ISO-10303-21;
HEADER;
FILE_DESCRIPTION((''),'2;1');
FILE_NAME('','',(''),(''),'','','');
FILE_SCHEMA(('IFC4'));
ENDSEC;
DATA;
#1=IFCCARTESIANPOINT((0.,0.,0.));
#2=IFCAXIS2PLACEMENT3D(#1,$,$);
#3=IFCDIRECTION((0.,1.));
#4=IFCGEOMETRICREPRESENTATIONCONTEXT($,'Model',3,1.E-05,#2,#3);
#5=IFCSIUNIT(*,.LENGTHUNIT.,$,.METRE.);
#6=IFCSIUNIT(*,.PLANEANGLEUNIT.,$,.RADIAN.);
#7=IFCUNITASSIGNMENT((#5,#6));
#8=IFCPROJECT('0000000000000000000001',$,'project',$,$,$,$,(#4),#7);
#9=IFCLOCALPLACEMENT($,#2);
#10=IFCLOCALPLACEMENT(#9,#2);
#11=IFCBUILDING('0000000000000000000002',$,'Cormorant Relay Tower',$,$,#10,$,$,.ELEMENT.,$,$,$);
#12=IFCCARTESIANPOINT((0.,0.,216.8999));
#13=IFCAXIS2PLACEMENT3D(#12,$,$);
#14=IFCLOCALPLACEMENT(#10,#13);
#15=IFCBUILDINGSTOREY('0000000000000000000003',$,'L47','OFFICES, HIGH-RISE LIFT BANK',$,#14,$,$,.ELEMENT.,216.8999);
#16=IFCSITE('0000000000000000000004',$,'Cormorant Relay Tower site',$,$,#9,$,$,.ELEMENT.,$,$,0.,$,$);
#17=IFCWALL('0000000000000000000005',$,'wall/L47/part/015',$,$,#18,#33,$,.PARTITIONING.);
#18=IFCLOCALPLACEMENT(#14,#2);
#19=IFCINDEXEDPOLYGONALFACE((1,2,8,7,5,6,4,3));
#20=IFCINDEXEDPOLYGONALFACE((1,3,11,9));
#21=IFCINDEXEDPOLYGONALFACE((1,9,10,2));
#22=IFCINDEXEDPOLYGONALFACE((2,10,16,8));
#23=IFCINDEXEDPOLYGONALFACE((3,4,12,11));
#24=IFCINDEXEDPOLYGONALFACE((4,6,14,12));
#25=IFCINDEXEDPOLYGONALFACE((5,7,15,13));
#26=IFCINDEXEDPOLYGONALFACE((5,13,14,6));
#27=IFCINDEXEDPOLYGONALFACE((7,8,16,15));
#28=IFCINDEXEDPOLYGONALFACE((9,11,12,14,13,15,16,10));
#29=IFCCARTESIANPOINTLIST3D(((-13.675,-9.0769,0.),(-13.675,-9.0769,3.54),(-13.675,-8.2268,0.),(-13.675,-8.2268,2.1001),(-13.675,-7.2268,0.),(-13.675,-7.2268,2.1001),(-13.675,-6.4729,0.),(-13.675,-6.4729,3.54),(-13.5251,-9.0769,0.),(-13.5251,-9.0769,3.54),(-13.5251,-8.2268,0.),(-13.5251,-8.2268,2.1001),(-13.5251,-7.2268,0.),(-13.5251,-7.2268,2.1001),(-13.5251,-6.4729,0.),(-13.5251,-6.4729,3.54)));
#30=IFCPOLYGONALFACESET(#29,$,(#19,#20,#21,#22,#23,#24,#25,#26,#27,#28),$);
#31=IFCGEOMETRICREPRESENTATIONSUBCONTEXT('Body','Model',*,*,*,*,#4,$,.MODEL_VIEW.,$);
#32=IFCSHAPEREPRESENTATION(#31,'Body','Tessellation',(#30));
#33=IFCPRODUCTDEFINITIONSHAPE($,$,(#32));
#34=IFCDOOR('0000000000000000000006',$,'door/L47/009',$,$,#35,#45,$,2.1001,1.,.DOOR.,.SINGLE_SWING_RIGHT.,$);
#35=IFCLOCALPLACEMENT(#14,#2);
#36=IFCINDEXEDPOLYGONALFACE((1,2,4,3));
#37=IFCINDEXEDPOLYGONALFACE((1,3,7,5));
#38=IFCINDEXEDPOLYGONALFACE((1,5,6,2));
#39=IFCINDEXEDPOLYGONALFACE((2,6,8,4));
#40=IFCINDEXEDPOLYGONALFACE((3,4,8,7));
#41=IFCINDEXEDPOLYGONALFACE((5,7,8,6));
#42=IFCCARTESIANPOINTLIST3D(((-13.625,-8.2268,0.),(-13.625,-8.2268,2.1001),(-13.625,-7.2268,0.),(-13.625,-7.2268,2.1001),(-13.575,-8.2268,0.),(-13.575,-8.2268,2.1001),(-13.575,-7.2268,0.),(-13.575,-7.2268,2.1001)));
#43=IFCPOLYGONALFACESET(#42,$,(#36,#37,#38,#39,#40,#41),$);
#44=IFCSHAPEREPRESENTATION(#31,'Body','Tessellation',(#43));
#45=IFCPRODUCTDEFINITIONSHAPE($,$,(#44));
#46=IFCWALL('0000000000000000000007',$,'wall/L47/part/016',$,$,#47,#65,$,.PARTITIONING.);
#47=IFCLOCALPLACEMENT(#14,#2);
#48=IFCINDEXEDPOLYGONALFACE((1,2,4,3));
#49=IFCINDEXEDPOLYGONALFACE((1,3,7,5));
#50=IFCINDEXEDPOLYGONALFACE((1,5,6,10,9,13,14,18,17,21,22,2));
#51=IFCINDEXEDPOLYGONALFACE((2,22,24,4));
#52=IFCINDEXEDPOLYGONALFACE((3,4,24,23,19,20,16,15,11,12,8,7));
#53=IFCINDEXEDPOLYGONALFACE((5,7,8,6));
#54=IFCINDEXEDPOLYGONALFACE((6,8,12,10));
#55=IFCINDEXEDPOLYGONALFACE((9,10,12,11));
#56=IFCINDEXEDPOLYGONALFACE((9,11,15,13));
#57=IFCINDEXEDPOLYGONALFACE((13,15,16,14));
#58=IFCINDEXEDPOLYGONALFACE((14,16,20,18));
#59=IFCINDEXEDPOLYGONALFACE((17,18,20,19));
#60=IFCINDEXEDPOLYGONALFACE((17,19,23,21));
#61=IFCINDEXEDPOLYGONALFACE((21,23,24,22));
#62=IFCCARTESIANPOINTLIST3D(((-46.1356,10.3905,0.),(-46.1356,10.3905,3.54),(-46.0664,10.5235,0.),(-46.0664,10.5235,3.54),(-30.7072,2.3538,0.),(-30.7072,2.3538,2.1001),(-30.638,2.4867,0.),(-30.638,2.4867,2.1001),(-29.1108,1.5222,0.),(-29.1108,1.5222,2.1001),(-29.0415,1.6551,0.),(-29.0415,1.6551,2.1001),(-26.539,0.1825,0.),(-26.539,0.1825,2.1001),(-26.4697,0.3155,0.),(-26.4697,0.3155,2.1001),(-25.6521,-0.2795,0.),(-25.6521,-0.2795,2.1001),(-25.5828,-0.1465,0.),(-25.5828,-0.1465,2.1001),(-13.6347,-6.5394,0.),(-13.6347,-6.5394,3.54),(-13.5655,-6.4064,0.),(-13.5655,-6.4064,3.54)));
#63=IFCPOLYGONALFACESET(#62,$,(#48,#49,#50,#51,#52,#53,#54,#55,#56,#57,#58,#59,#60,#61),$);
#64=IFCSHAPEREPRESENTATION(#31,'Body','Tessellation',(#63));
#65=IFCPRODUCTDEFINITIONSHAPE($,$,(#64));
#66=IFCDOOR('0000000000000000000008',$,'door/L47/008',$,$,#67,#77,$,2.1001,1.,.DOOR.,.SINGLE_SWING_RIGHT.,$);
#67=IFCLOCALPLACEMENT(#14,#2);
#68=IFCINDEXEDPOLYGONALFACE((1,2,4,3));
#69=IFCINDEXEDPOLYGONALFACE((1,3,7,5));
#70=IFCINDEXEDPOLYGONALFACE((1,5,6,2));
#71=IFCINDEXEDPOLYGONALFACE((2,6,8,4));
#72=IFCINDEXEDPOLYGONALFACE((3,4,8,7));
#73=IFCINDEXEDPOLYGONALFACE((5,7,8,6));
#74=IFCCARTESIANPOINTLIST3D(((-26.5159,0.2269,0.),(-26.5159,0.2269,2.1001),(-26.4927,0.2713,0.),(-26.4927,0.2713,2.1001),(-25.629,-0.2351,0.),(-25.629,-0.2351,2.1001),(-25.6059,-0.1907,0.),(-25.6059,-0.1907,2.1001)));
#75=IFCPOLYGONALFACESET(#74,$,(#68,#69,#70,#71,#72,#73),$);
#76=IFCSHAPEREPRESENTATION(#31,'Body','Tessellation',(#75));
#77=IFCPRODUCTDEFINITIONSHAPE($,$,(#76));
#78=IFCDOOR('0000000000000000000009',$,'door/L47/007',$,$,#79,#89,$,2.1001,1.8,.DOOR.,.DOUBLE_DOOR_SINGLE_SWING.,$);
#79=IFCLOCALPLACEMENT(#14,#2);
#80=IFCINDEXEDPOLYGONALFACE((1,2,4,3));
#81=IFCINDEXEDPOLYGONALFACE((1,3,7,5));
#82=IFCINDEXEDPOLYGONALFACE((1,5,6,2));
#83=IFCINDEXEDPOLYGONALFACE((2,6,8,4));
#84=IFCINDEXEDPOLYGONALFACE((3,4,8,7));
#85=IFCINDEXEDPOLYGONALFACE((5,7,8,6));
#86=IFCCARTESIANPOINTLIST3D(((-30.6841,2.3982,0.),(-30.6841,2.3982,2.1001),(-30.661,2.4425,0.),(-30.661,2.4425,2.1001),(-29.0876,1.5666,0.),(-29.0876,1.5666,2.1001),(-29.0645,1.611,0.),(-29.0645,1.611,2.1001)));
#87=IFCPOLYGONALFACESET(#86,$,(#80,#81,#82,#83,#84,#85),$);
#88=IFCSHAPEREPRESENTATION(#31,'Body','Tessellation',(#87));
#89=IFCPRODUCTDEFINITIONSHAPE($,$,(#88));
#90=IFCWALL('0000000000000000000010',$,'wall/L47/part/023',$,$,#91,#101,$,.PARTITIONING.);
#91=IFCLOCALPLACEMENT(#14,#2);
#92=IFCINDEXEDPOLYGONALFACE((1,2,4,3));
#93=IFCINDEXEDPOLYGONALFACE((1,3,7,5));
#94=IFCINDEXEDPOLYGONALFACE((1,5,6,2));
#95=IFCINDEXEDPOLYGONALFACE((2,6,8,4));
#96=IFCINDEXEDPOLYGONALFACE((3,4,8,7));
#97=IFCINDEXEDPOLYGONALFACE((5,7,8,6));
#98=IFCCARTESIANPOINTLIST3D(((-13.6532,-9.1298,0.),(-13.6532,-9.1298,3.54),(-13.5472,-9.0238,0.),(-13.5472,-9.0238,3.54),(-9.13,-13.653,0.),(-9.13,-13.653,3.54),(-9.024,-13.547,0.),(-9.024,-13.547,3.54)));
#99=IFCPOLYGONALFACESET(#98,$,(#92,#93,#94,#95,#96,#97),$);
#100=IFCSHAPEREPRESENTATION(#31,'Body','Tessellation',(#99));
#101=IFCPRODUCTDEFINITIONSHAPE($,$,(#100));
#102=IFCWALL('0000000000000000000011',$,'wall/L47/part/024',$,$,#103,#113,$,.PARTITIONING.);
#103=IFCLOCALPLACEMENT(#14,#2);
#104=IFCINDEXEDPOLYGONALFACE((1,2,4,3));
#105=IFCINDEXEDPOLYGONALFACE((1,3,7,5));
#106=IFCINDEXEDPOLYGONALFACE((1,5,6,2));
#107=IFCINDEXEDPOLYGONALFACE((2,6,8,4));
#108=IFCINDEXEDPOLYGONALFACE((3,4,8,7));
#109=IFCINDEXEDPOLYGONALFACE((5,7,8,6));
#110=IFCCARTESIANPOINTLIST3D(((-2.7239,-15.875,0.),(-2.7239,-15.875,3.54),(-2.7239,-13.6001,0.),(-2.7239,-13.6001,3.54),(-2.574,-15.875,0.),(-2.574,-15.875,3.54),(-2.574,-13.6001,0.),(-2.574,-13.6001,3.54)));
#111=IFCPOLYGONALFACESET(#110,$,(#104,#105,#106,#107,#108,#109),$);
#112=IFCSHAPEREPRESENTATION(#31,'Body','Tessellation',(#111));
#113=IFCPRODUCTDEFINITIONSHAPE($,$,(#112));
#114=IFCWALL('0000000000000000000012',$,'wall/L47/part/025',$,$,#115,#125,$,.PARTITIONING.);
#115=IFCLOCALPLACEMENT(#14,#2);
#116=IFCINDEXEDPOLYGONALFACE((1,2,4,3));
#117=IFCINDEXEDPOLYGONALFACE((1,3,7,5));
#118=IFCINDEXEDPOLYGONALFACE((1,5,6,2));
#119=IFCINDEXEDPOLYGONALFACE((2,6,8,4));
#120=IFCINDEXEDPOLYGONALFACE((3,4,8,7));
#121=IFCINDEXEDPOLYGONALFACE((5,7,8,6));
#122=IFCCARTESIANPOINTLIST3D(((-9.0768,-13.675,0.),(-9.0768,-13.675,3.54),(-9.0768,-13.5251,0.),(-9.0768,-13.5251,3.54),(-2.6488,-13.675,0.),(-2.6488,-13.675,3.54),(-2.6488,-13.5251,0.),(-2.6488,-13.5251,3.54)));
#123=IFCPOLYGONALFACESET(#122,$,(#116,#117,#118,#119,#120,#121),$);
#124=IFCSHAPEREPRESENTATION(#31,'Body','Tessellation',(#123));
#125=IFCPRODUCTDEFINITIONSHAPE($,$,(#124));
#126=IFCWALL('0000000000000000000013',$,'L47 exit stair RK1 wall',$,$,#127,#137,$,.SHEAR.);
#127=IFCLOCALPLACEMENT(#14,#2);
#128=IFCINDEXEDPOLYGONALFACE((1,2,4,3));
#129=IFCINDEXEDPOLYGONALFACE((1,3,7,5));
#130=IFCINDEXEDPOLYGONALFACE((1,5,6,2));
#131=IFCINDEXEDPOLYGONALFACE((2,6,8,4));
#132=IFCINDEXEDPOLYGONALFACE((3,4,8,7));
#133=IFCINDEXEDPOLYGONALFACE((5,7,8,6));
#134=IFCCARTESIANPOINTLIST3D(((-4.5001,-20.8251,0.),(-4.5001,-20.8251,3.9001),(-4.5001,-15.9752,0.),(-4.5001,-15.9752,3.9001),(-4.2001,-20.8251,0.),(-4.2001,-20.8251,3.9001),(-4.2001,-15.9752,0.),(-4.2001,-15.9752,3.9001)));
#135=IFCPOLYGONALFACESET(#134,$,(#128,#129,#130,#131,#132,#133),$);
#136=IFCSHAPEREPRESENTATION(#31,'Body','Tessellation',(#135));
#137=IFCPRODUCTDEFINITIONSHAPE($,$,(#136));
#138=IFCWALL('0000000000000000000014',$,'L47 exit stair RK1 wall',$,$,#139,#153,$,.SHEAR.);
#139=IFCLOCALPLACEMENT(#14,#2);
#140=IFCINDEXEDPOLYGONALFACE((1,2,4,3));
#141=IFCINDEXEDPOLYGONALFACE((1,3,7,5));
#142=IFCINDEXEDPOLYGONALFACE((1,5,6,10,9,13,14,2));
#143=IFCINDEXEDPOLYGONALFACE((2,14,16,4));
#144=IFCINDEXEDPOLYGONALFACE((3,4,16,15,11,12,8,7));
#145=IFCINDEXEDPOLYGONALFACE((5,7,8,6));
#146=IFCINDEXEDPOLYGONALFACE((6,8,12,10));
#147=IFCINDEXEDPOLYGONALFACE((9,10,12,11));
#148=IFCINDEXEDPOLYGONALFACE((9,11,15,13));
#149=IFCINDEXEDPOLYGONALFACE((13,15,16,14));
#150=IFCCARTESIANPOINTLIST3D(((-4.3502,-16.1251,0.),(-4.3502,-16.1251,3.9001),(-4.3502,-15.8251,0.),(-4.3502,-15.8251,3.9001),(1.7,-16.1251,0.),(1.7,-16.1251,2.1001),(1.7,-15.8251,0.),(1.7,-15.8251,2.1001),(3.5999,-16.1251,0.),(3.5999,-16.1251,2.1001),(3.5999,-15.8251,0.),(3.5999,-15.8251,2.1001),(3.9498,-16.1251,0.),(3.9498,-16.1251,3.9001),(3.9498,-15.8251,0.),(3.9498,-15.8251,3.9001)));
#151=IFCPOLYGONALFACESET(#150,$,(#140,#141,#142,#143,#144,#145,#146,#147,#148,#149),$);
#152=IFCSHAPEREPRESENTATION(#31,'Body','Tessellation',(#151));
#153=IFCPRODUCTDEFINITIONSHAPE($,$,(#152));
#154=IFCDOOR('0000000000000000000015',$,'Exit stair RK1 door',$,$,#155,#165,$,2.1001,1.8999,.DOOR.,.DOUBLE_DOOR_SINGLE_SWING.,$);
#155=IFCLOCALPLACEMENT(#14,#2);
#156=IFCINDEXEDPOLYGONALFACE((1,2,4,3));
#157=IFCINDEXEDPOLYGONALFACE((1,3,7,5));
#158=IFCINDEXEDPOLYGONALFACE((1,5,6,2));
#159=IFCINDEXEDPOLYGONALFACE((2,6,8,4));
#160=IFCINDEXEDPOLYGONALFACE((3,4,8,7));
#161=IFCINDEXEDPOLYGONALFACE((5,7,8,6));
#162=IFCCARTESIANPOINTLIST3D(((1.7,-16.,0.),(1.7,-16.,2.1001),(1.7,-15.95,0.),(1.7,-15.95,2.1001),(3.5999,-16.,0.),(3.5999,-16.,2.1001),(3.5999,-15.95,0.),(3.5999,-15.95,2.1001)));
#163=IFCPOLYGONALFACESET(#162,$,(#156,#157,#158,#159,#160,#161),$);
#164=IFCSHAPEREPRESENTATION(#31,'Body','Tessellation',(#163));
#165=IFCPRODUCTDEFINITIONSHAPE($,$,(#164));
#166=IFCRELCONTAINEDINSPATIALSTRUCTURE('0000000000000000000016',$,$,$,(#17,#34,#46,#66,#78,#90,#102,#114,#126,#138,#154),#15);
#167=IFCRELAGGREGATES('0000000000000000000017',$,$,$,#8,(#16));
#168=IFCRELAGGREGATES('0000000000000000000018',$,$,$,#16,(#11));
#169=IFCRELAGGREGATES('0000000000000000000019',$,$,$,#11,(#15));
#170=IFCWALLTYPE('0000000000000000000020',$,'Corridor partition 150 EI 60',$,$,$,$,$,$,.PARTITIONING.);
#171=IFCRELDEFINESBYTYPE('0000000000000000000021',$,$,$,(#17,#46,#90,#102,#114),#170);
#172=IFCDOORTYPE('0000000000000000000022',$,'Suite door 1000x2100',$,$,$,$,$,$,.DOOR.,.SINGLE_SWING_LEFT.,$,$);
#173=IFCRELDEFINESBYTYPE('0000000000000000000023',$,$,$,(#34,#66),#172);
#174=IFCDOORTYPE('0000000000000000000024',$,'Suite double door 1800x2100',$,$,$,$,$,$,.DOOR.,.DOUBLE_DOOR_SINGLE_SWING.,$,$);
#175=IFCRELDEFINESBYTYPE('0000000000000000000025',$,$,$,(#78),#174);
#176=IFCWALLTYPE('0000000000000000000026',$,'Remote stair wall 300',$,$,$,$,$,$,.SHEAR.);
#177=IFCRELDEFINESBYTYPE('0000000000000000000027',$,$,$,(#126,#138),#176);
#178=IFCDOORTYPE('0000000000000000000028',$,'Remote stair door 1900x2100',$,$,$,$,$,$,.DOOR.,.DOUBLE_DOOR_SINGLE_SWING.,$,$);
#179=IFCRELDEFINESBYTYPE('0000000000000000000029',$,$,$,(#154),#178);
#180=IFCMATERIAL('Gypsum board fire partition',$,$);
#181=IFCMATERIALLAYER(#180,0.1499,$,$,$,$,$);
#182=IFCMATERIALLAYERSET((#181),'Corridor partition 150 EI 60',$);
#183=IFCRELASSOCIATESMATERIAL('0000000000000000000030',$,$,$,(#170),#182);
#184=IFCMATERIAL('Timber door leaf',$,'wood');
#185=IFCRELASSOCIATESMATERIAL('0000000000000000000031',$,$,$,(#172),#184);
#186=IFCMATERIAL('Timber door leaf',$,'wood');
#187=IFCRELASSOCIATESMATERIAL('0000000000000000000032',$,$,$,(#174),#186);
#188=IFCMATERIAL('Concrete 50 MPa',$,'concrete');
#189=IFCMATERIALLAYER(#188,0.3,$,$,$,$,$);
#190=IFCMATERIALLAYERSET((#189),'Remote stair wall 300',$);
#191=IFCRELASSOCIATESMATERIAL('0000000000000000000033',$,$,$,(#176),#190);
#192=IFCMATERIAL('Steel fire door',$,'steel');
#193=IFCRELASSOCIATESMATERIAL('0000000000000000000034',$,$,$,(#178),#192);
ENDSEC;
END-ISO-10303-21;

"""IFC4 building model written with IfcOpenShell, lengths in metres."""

from ifc_helpers import new_model, si_unit, direction, frame, frame_2d, origin, place, context, subcontext, project, spatial, rectangle, extrude, material, layer, layer_set, type_object, element, fill, save


model = new_model("IFC4")

# Units and contexts
model_context = context("Model", 3, precision=1e-05, world=origin(), true_north=direction((0.0, 1.0)))
body_context = subcontext(model_context, "Body", "Model", "MODEL_VIEW")
ifc_project = project(units=[si_unit("LENGTHUNIT", "METRE"), si_unit("PLANEANGLEUNIT", "RADIAN")], contexts=[model_context])

# Site, building, storey
site_placement = place(None, origin())
site = spatial("IfcSite", under=ifc_project, at=site_placement, Name="Cormorant Relay Tower site", CompositionType="ELEMENT", RefElevation=0.0)
building_placement = place(site_placement, origin())
building = spatial("IfcBuilding", under=site, at=building_placement, Name="Cormorant Relay Tower", CompositionType="ELEMENT")
storey_placement = place(building_placement, frame((0.0, 0.0, 216.8999)))
storey = spatial("IfcBuildingStorey", under=building, at=storey_placement, Name="L47", Description="OFFICES, HIGH-RISE LIFT BANK", CompositionType="ELEMENT", Elevation=216.8999)

# Wall, opening, door
ifc_material_1 = material(Name="Gypsum board fire partition")
ifc_layer_1 = layer(ifc_material_1, 0.1499)
ifc_layer_set_1 = layer_set([ifc_layer_1], Name="Corridor partition 150 EI 60")
wall_type_1 = type_object("IfcWallType", Name="Corridor partition 150 EI 60", PredefinedType="PARTITIONING", material=ifc_layer_set_1)
wall_1_placement = place(storey_placement, frame((-13.6001, -9.0769, 0.0), z_axis=(0.0, 0.0, 1.0), x_axis=(0.0, 1.0, 0.0)))
wall_1 = element("IfcWall", 1, at=wall_1_placement, inside=storey, type_object=wall_type_1, Name="wall/L47/part/015", PredefinedType="PARTITIONING", context=body_context, shape_type="SweptSolid", body=[
    extrude(rectangle(XDim=2.604, YDim=0.1499, at=frame_2d((1.302, 0.0))), origin(), (0.0, 0.0, 1.0), 3.54),
])
opening_1_placement = place(wall_1_placement, frame((0.8501, 0.0, 0.0)))
opening_1 = element("IfcOpeningElement", 2, at=opening_1_placement, cuts=wall_1, PredefinedType="OPENING", context=body_context, shape_type="SweptSolid", body=[
    extrude(rectangle(XDim=1.0, YDim=2.1001, at=frame_2d((0.5, 1.05))), frame((0.0, 0.085, 0.0), z_axis=(0.0, -1.0, 0.0), x_axis=(1.0, 0.0, 0.0)), (0.0, 0.0, 1.0), 0.1699),
])
ifc_material_2 = material(Name="Timber door leaf", Category="wood")
door_type_1 = type_object("IfcDoorType", Name="Suite door 1000x2100", OperationType="SINGLE_SWING_LEFT", PredefinedType="DOOR", material=ifc_material_2)
door_1_placement = place(opening_1_placement, origin())
door_1 = element("IfcDoor", 3, at=door_1_placement, inside=storey, type_object=door_type_1, Name="door/L47/009", OperationType="SINGLE_SWING_RIGHT", OverallHeight=2.1001, OverallWidth=1.0, PredefinedType="DOOR", context=body_context, shape_type="SweptSolid", body=[
    extrude(rectangle(XDim=1.0, YDim=2.1001, at=frame_2d((0.5, 1.05))), frame((0.0, 0.0249, 0.0), z_axis=(0.0, -1.0, 0.0), x_axis=(1.0, 0.0, 0.0)), (0.0, 0.0, 1.0), 0.05),
])
fill(opening_1, door_1)

# Wall, openings, doors
wall_2_placement = place(storey_placement, frame((-13.6001, -6.4729, 0.0), z_axis=(0.0, 0.0, 1.0), x_axis=(-0.886888, 0.461985, 0.0)))
wall_2 = element("IfcWall", 4, at=wall_2_placement, inside=storey, type_object=wall_type_1, Name="wall/L47/part/016", PredefinedType="PARTITIONING", context=body_context, shape_type="SweptSolid", body=[
    extrude(rectangle(XDim=36.646, YDim=0.1499, at=frame_2d((18.323, 0.0))), origin(), (0.0, 0.0, 1.0), 3.54),
])
opening_2_placement = place(wall_2_placement, frame((17.45, 0.0, 0.0)))
opening_2 = element("IfcOpeningElement", 5, at=opening_2_placement, cuts=wall_2, PredefinedType="OPENING", context=body_context, shape_type="SweptSolid", body=[
    extrude(rectangle(XDim=1.8, YDim=2.1001, at=frame_2d((0.8999, 1.05))), frame((0.0, 0.085, 0.0), z_axis=(0.0, -1.0, 0.0), x_axis=(1.0, 0.0, 0.0)), (0.0, 0.0, 1.0), 0.1699),
])
opening_3_placement = place(wall_2_placement, frame((13.55, 0.0, 0.0)))
opening_3 = element("IfcOpeningElement", 6, at=opening_3_placement, cuts=wall_2, PredefinedType="OPENING", context=body_context, shape_type="SweptSolid", body=[
    extrude(rectangle(XDim=1.0, YDim=2.1001, at=frame_2d((0.5, 1.05))), frame((0.0, 0.085, 0.0), z_axis=(0.0, -1.0, 0.0), x_axis=(1.0, 0.0, 0.0)), (0.0, 0.0, 1.0), 0.1699),
])
door_2_placement = place(opening_3_placement, origin())
door_2 = element("IfcDoor", 7, at=door_2_placement, inside=storey, type_object=door_type_1, Name="door/L47/008", OperationType="SINGLE_SWING_RIGHT", OverallHeight=2.1001, OverallWidth=1.0, PredefinedType="DOOR", context=body_context, shape_type="SweptSolid", body=[
    extrude(rectangle(XDim=1.0, YDim=2.1001, at=frame_2d((0.5, 1.05))), frame((0.0, 0.0249, 0.0), z_axis=(0.0, -1.0, 0.0), x_axis=(1.0, 0.0, 0.0)), (0.0, 0.0, 1.0), 0.05),
])
fill(opening_3, door_2)
ifc_material_3 = material(Name="Timber door leaf", Category="wood")
door_type_2 = type_object("IfcDoorType", Name="Suite double door 1800x2100", OperationType="DOUBLE_DOOR_SINGLE_SWING", PredefinedType="DOOR", material=ifc_material_3)
door_3_placement = place(opening_2_placement, origin())
door_3 = element("IfcDoor", 8, at=door_3_placement, inside=storey, type_object=door_type_2, Name="door/L47/007", OperationType="DOUBLE_DOOR_SINGLE_SWING", OverallHeight=2.1001, OverallWidth=1.8, PredefinedType="DOOR", context=body_context, shape_type="SweptSolid", body=[
    extrude(rectangle(XDim=1.8, YDim=2.1001, at=frame_2d((0.8999, 1.05))), frame((0.0, 0.0249, 0.0), z_axis=(0.0, -1.0, 0.0), x_axis=(1.0, 0.0, 0.0)), (0.0, 0.0, 1.0), 0.05),
])
fill(opening_2, door_3)

# Walls
wall_3_placement = place(storey_placement, frame((-13.6001, -9.0769, 0.0), z_axis=(0.0, 0.0, 1.0), x_axis=(0.707107, -0.707107, 0.0)))
element("IfcWall", 9, at=wall_3_placement, inside=storey, type_object=wall_type_1, Name="wall/L47/part/023", PredefinedType="PARTITIONING", context=body_context, shape_type="SweptSolid", body=[
    extrude(rectangle(XDim=6.3967, YDim=0.1499, at=frame_2d((3.1982, 0.0))), origin(), (0.0, 0.0, 1.0), 3.54),
])
wall_4_placement = place(storey_placement, frame((-2.6489, -15.875, 0.0), z_axis=(0.0, 0.0, 1.0), x_axis=(0.0, 1.0, 0.0)))
element("IfcWall", 10, at=wall_4_placement, inside=storey, type_object=wall_type_1, Name="wall/L47/part/024", PredefinedType="PARTITIONING", context=body_context, shape_type="SweptSolid", body=[
    extrude(rectangle(XDim=2.2749, YDim=0.1499, at=frame_2d((1.1375, 0.0))), origin(), (0.0, 0.0, 1.0), 3.54),
])
wall_5_placement = place(storey_placement, frame((-2.6489, -13.6001, 0.0), z_axis=(0.0, 0.0, 1.0), x_axis=(-1.0, 0.0, 0.0)))
element("IfcWall", 11, at=wall_5_placement, inside=storey, type_object=wall_type_1, Name="wall/L47/part/025", PredefinedType="PARTITIONING", context=body_context, shape_type="SweptSolid", body=[
    extrude(rectangle(XDim=6.428, YDim=0.1499, at=frame_2d((3.2139, 0.0))), origin(), (0.0, 0.0, 1.0), 3.54),
])
ifc_material_4 = material(Name="Concrete 50 MPa", Category="concrete")
ifc_layer_2 = layer(ifc_material_4, 0.3)
ifc_layer_set_2 = layer_set([ifc_layer_2], Name="Remote stair wall 300")
wall_type_2 = type_object("IfcWallType", Name="Remote stair wall 300", PredefinedType="SHEAR", material=ifc_layer_set_2)
wall_6_placement = place(storey_placement, frame((-4.3501, -20.825, 0.0), z_axis=(0.0, 0.0, 1.0), x_axis=(0.0, 1.0, 0.0)))
element("IfcWall", 12, at=wall_6_placement, inside=storey, type_object=wall_type_2, Name="L47 exit stair RK1 wall", PredefinedType="SHEAR", context=body_context, shape_type="SweptSolid", body=[
    extrude(rectangle(XDim=4.8499, YDim=0.3, at=frame_2d((2.4248, 0.0))), origin(), (0.0, 0.0, 1.0), 3.9001),
])

# Wall, opening, door
wall_7_placement = place(storey_placement, frame((-4.3501, -15.9751, 0.0), z_axis=(0.0, 0.0, 1.0), x_axis=(1.0, 0.0, 0.0)))
wall_7 = element("IfcWall", 13, at=wall_7_placement, inside=storey, type_object=wall_type_2, Name="L47 exit stair RK1 wall", PredefinedType="SHEAR", context=body_context, shape_type="SweptSolid", body=[
    extrude(rectangle(XDim=8.3, YDim=0.3, at=frame_2d((4.1499, 0.0))), origin(), (0.0, 0.0, 1.0), 3.9001),
])
opening_4_placement = place(wall_7_placement, frame((6.05, 0.0, 0.0)))
opening_4 = element("IfcOpeningElement", 14, at=opening_4_placement, cuts=wall_7, PredefinedType="OPENING", context=body_context, shape_type="SweptSolid", body=[
    extrude(rectangle(XDim=1.8999, YDim=2.1001, at=frame_2d((0.95, 1.05))), frame((0.0, 0.1599, 0.0), z_axis=(0.0, -1.0, 0.0), x_axis=(1.0, 0.0, 0.0)), (0.0, 0.0, 1.0), 0.3201),
])
ifc_material_5 = material(Name="Steel fire door", Category="steel")
door_type_3 = type_object("IfcDoorType", Name="Remote stair door 1900x2100", OperationType="DOUBLE_DOOR_SINGLE_SWING", PredefinedType="DOOR", material=ifc_material_5)
door_4_placement = place(opening_4_placement, frame((1.8999, 0.0, 0.0), z_axis=(0.0, 0.0, 1.0), x_axis=(-1.0, 0.0, 0.0)))
door_4 = element("IfcDoor", 15, at=door_4_placement, inside=storey, type_object=door_type_3, Name="Exit stair RK1 door", OperationType="DOUBLE_DOOR_SINGLE_SWING", OverallHeight=2.1001, OverallWidth=1.8999, PredefinedType="DOOR", context=body_context, shape_type="SweptSolid", body=[
    extrude(rectangle(XDim=1.8999, YDim=2.1001, at=frame_2d((0.95, 1.05))), frame((0.0, 0.0249, 0.0), z_axis=(0.0, -1.0, 0.0), x_axis=(1.0, 0.0, 0.0)), (0.0, 0.0, 1.0), 0.05),
])
fill(opening_4, door_4)

save(model, "model.ifc")
